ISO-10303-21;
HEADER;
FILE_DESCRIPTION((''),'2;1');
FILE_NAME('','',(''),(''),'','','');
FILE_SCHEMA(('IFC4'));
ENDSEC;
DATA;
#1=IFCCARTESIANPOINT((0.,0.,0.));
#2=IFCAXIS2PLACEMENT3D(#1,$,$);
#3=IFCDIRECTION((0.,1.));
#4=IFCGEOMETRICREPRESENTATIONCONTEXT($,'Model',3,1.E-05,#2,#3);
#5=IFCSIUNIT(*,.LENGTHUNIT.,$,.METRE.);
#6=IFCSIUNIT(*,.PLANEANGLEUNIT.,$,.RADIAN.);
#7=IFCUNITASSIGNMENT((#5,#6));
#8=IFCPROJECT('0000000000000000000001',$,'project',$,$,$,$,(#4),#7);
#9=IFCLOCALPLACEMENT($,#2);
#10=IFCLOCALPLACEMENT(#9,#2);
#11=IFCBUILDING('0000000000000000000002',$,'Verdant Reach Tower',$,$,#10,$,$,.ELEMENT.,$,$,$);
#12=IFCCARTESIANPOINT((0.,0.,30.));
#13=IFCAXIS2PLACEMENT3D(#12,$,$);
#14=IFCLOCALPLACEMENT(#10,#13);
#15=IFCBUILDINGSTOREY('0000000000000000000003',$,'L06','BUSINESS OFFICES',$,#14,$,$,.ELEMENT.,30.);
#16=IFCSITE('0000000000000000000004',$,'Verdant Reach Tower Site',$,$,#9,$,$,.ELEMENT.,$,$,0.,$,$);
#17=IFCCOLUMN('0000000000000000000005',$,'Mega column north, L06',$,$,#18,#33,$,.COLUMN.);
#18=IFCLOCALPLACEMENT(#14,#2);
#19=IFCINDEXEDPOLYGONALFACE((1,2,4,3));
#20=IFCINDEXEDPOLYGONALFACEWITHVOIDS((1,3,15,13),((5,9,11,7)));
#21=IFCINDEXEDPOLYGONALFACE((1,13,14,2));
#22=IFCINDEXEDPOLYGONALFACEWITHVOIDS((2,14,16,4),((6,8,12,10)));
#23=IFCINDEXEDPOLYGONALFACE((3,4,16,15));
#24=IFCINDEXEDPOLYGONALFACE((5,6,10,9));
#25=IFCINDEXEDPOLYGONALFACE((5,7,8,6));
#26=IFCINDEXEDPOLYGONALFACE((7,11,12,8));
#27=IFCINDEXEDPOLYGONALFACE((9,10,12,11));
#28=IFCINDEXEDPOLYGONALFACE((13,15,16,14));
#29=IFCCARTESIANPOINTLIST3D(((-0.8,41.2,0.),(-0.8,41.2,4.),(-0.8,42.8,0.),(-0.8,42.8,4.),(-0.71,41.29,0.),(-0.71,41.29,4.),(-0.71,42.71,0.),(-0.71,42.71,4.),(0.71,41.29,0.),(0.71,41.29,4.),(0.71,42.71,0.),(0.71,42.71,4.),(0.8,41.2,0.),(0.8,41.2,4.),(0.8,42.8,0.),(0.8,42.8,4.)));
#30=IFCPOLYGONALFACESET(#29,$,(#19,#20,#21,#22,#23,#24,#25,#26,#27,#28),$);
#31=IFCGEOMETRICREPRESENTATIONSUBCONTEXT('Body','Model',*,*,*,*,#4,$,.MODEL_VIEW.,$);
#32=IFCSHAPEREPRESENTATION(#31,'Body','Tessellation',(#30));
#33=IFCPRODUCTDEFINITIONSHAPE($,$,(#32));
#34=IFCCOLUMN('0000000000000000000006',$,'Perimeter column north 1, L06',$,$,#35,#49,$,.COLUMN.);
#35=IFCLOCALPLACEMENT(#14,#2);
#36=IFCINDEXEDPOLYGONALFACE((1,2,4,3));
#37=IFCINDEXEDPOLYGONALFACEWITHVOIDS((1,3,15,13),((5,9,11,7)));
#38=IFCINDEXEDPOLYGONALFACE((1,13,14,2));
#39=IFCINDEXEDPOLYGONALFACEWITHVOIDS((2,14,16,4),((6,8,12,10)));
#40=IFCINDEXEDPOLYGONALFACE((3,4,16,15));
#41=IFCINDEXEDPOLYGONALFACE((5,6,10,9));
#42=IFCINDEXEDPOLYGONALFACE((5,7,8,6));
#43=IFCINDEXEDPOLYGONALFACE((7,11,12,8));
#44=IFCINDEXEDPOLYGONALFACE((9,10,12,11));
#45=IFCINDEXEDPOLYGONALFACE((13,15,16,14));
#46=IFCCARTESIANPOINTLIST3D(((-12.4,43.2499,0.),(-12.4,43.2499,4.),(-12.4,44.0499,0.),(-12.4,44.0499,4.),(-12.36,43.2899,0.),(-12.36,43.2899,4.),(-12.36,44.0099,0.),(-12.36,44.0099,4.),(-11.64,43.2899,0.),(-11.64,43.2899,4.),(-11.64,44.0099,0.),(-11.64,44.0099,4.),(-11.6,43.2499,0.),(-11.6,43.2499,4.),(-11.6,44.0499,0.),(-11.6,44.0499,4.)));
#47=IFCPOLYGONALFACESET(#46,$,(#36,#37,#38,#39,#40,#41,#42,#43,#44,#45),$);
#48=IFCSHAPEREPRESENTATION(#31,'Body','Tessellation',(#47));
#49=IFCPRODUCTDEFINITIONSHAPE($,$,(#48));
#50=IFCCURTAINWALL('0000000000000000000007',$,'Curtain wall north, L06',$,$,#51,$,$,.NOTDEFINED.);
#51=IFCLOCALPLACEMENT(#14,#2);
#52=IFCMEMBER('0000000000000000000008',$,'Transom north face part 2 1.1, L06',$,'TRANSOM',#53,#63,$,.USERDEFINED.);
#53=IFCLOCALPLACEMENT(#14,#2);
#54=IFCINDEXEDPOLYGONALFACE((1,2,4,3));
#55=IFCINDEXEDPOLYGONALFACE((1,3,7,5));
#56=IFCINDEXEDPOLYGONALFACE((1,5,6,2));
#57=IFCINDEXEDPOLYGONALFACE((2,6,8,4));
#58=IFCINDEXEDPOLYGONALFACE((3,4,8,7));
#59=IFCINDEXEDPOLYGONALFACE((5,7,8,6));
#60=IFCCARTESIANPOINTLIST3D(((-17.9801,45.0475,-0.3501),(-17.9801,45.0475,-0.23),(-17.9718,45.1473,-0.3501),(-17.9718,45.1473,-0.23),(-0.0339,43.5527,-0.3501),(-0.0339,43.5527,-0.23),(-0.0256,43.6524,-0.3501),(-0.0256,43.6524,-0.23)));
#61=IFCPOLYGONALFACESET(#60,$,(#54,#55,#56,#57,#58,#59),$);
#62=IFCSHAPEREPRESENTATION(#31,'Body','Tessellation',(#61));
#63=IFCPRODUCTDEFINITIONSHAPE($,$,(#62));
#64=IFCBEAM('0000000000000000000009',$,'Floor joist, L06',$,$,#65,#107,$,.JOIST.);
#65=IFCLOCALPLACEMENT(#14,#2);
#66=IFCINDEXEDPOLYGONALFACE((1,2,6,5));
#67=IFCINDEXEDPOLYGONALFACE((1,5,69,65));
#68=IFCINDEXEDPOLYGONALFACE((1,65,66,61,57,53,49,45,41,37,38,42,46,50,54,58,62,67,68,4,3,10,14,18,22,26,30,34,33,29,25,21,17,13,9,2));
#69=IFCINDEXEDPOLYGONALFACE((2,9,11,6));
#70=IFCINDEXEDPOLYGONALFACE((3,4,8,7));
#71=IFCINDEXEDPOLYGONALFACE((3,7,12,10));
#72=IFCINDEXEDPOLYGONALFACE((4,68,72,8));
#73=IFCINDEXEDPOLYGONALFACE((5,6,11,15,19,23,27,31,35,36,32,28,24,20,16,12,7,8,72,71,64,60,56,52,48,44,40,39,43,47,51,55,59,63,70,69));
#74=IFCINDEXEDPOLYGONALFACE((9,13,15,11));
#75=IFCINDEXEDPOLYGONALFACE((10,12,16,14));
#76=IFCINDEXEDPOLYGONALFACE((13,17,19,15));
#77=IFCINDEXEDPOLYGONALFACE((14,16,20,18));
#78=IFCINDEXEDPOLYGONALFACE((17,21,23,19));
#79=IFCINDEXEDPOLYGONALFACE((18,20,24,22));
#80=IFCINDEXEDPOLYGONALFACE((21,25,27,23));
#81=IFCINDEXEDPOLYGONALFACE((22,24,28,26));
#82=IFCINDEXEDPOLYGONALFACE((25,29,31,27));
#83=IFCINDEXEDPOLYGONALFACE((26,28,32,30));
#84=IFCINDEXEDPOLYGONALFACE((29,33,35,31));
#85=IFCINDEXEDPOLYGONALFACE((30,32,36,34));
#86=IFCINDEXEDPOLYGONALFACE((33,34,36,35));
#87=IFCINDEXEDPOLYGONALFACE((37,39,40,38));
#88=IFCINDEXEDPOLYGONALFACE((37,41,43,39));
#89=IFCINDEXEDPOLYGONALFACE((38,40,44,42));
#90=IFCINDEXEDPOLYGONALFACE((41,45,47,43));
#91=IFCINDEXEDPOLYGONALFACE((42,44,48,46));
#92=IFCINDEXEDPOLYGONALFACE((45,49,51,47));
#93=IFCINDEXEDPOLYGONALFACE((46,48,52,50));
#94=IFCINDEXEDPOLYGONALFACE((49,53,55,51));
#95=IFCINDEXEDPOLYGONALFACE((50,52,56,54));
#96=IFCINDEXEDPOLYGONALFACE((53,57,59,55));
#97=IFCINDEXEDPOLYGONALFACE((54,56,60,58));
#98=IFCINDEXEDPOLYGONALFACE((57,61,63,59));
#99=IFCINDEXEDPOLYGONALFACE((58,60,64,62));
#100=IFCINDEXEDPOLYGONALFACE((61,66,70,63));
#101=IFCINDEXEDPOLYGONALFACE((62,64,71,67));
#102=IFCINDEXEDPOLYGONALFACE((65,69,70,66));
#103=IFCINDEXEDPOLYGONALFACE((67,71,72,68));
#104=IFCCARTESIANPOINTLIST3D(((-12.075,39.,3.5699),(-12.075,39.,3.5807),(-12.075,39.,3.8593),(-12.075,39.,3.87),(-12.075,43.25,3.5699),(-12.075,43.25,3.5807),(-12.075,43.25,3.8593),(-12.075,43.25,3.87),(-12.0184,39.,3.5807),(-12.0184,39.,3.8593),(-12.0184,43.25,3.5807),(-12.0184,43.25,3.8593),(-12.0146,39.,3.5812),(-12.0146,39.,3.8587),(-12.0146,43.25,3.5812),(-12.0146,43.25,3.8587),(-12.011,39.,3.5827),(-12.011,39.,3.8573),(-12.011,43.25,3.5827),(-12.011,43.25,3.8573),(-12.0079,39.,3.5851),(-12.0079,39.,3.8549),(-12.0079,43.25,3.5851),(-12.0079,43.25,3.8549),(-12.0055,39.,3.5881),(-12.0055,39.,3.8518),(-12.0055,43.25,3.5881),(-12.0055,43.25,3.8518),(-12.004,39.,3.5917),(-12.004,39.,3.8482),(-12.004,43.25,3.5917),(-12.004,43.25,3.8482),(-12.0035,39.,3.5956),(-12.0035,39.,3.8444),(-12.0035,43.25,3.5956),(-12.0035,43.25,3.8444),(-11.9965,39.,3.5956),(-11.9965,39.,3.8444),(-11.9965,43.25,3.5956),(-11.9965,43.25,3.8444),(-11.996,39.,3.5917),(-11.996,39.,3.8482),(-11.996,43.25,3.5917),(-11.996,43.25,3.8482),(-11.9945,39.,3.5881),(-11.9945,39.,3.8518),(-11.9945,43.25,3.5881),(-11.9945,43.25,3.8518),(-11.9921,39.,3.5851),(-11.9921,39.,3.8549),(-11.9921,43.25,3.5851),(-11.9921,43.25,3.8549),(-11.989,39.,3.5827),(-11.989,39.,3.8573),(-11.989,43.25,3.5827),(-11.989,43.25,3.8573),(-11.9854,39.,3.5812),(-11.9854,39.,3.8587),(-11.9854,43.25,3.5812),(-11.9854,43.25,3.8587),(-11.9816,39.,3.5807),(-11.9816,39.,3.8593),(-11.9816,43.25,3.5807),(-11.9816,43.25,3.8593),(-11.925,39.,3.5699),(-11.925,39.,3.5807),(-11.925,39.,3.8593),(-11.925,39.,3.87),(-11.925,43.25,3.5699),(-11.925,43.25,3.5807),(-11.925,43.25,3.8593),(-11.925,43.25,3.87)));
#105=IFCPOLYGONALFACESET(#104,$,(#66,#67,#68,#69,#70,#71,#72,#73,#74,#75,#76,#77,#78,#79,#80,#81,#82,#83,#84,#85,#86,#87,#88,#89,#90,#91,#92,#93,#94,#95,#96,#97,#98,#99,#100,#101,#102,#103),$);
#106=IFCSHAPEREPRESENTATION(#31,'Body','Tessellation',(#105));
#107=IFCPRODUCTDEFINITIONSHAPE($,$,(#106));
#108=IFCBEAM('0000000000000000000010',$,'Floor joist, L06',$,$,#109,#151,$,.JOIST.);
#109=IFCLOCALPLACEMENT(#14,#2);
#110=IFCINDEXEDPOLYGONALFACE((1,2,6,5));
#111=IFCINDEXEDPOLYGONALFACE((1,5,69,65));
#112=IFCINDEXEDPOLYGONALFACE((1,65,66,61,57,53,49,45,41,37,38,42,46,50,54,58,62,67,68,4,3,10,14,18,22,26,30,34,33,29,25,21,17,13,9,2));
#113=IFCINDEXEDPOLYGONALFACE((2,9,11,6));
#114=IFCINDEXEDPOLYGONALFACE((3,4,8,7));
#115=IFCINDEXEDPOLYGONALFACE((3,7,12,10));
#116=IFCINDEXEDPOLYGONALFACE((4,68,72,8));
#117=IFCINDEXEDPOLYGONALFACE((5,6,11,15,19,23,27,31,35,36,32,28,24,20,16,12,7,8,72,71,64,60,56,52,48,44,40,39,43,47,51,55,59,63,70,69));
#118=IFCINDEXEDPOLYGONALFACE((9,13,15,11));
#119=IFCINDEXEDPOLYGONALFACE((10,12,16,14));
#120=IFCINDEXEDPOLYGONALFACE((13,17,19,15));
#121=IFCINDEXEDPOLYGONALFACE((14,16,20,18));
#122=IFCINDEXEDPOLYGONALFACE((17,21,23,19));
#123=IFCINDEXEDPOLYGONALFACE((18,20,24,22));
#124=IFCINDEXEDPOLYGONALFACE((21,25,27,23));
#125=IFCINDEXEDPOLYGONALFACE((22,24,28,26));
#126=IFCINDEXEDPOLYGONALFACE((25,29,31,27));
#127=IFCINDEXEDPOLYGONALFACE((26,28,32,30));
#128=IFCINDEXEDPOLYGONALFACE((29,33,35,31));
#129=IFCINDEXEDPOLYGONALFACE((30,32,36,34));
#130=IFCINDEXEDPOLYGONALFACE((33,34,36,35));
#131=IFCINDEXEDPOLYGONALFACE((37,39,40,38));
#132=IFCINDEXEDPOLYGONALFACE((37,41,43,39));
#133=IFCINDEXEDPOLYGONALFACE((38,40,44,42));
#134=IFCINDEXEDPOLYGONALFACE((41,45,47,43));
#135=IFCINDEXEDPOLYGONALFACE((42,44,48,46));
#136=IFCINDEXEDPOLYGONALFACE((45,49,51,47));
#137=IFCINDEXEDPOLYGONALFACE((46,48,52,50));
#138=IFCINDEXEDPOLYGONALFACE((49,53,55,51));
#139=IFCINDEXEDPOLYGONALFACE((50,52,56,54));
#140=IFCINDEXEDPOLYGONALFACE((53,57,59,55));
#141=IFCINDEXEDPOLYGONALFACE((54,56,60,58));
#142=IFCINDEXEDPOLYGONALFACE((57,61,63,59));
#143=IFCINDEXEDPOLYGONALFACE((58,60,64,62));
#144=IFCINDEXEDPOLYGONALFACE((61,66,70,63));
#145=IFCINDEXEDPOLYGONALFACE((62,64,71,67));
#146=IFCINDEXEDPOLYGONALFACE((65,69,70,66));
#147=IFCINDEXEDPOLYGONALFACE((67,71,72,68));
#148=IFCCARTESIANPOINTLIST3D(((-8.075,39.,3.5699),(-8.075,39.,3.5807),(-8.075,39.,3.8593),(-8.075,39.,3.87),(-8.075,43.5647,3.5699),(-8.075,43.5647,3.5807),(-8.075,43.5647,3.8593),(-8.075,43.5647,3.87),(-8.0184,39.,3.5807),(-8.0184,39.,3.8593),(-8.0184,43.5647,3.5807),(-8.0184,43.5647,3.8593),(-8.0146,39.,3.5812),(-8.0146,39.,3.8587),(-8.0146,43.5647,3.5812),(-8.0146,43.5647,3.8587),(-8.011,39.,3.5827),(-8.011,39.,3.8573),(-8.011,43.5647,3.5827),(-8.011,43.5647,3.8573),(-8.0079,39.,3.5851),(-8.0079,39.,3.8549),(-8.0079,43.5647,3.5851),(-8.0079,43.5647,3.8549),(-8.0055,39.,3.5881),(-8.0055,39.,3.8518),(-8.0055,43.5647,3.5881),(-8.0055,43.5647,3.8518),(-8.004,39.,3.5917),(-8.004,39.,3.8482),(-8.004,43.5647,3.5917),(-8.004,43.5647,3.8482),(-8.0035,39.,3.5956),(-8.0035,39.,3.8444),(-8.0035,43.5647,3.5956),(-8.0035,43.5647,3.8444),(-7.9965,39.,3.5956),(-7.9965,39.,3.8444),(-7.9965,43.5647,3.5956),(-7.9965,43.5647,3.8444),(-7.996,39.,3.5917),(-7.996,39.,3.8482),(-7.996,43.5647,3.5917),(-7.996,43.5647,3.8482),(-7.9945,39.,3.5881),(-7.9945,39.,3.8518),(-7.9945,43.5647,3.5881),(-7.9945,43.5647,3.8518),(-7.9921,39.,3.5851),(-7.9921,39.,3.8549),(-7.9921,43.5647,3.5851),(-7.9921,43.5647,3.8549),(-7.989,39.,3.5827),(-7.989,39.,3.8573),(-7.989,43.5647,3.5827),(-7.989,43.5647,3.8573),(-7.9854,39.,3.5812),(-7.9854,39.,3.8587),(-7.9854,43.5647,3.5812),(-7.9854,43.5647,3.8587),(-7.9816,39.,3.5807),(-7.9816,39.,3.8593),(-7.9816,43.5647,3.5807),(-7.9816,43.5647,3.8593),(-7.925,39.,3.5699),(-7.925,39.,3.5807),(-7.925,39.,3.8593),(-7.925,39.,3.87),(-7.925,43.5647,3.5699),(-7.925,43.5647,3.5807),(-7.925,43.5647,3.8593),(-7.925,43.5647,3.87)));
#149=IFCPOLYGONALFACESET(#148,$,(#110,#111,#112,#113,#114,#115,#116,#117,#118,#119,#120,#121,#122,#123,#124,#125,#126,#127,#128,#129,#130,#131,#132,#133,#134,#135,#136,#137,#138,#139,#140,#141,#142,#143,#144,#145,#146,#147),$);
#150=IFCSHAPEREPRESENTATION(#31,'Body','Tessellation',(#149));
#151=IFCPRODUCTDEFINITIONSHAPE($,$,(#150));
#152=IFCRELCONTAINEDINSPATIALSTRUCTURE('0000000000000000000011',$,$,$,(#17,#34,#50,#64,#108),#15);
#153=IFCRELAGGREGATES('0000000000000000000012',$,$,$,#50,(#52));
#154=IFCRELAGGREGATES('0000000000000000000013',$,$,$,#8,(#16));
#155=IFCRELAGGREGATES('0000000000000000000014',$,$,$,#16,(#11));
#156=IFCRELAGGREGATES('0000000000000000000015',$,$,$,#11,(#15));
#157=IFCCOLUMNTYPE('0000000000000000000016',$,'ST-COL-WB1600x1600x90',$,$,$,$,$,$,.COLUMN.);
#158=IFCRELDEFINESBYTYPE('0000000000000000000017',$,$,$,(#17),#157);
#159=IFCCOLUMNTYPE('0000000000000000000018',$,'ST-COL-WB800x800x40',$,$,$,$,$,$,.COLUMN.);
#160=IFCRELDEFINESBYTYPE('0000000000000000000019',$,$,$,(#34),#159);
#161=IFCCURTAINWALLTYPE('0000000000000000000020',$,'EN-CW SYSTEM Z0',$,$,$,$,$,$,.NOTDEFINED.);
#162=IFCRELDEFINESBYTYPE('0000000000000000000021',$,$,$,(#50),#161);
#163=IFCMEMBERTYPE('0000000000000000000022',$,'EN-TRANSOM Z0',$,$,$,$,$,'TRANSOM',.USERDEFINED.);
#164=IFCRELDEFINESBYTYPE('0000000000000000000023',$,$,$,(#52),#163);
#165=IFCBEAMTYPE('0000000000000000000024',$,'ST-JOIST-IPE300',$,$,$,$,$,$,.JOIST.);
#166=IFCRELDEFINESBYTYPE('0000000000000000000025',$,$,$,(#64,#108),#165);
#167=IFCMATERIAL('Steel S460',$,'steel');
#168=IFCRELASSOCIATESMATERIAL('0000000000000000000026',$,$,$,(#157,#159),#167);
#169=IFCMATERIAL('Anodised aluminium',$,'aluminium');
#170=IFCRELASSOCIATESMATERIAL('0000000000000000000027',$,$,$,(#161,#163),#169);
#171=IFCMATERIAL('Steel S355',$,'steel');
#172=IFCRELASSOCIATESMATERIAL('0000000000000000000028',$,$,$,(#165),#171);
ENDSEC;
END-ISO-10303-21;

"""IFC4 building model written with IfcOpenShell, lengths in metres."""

from ifc_helpers import new_model, si_unit, direction, frame, origin, origin_2d, place, context, subcontext, project, spatial, rectangle, hollow_rectangle, i_section, extrude, material, material_profile, profile_set, type_object, element, aggregate, save


model = new_model("IFC4")

# Units and contexts
model_context = context("Model", 3, precision=1e-05, world=origin(), true_north=direction((0.0, 1.0)))
body_context = subcontext(model_context, "Body", "Model", "MODEL_VIEW")
ifc_project = project(units=[si_unit("LENGTHUNIT", "METRE"), si_unit("PLANEANGLEUNIT", "RADIAN")], contexts=[model_context])

# Site, building, storey
site_placement = place(None, origin())
site = spatial("IfcSite", under=ifc_project, at=site_placement, Name="Verdant Reach Tower Site", CompositionType="ELEMENT", RefElevation=0.0)
building_placement = place(site_placement, origin())
building = spatial("IfcBuilding", under=site, at=building_placement, Name="Verdant Reach Tower", CompositionType="ELEMENT")
storey_placement = place(building_placement, frame((0.0, 0.0, 30.0)))
storey = spatial("IfcBuildingStorey", under=building, at=storey_placement, Name="L06", Description="BUSINESS OFFICES", CompositionType="ELEMENT", Elevation=30.0)

# Columns
ifc_material_1 = material(Name="Steel S460", Category="steel")
ifc_material_profile_1 = material_profile(ifc_material_1, hollow_rectangle(XDim=1.6001, YDim=1.6001, WallThickness=0.0901, at=origin_2d()), Name="WB 1600x1600x90")
ifc_profile_set_1 = profile_set([ifc_material_profile_1], Name="Steel S460")
column_type_1 = type_object("IfcColumnType", Name="ST-COL-WB1600x1600x90", PredefinedType="COLUMN", material=ifc_profile_set_1)
column_1_placement = place(storey_placement, frame((0.0, 42.0, 0.0), z_axis=(0.0, 0.0, 1.0), x_axis=(1.0, 0.0, 0.0)))
element("IfcColumn", 1, at=column_1_placement, inside=storey, type_object=column_type_1, Name="Mega column north, L06", PredefinedType="COLUMN", context=body_context, shape_type="SweptSolid", body=[
    extrude(hollow_rectangle(XDim=1.6001, YDim=1.6001, WallThickness=0.0901, at=origin_2d()), origin(), (0.0, 0.0, 1.0), 4.0),
])
ifc_material_profile_2 = material_profile(ifc_material_1, hollow_rectangle(XDim=0.8, YDim=0.8, WallThickness=0.04, at=origin_2d()), Name="WB 800x800x40")
ifc_profile_set_2 = profile_set([ifc_material_profile_2], Name="Steel S460")
column_type_2 = type_object("IfcColumnType", Name="ST-COL-WB800x800x40", PredefinedType="COLUMN", material=ifc_profile_set_2)
column_2_placement = place(storey_placement, frame((-12.0, 43.6499, 0.0), z_axis=(0.0, 0.0, 1.0), x_axis=(1.0, 0.0, 0.0)))
element("IfcColumn", 2, at=column_2_placement, inside=storey, type_object=column_type_2, Name="Perimeter column north 1, L06", PredefinedType="COLUMN", context=body_context, shape_type="SweptSolid", body=[
    extrude(hollow_rectangle(XDim=0.8, YDim=0.8, WallThickness=0.04, at=origin_2d()), origin(), (0.0, 0.0, 1.0), 4.0),
])

# Curtain wall, member
ifc_material_2 = material(Name="Anodised aluminium", Category="aluminium")
curtain_wall_type = type_object("IfcCurtainWallType", Name="EN-CW SYSTEM Z0", PredefinedType="NOTDEFINED", material=ifc_material_2)
curtain_wall_placement = place(storey_placement, origin())
curtain_wall = element("IfcCurtainWall", 3, at=curtain_wall_placement, inside=storey, type_object=curtain_wall_type, Name="Curtain wall north, L06", PredefinedType="NOTDEFINED")
ifc_material_profile_3 = material_profile(ifc_material_2, rectangle(XDim=0.1001, YDim=0.1201, at=origin_2d()), Name="Transom 120x100")
ifc_profile_set_3 = profile_set([ifc_material_profile_3], Name="Anodised aluminium")
member_type = type_object("IfcMemberType", Name="EN-TRANSOM Z0", ElementType="TRANSOM", PredefinedType="USERDEFINED", material=ifc_profile_set_3)
member_placement = place(storey_placement, frame((-0.0298, 43.6025, -0.29), z_axis=(-0.996549, 0.083011, 0.0), x_axis=(-0.083011, -0.996549, 0.0)))
member = element("IfcMember", 4, at=member_placement, type_object=member_type, Name="Transom north face part 2 1.1, L06", ObjectType="TRANSOM", PredefinedType="USERDEFINED", context=body_context, shape_type="SweptSolid", body=[
    extrude(rectangle(XDim=0.1001, YDim=0.1201, at=origin_2d()), origin(), (0.0, 0.0, 1.0), 18.0083),
])

# Beams
ifc_material_3 = material(Name="Steel S355", Category="steel")
ifc_material_profile_4 = material_profile(ifc_material_3, i_section(OverallWidth=0.1499, OverallDepth=0.3, WebThickness=0.0071, FlangeThickness=0.0107, FilletRadius=0.0149, at=origin_2d()), Name="IPE 300")
ifc_profile_set_4 = profile_set([ifc_material_profile_4], Name="Steel S355")
beam_type_1 = type_object("IfcBeamType", Name="ST-JOIST-IPE300", PredefinedType="JOIST", material=ifc_profile_set_4)
beam_1_placement = place(storey_placement, frame((-12.0, 39.0, 3.72), z_axis=(0.0, 1.0, 0.0), x_axis=(-1.0, 0.0, 0.0)))
element("IfcBeam", 5, at=beam_1_placement, inside=storey, type_object=beam_type_1, Name="Floor joist, L06", PredefinedType="JOIST", context=body_context, shape_type="SweptSolid", body=[
    extrude(i_section(OverallWidth=0.1499, OverallDepth=0.3, WebThickness=0.0071, FlangeThickness=0.0107, FilletRadius=0.0149, at=origin_2d()), origin(), (0.0, 0.0, 1.0), 4.25),
])
beam_2_placement = place(storey_placement, frame((-8.0, 39.0, 3.72), z_axis=(0.0, 1.0, 0.0), x_axis=(-1.0, 0.0, 0.0)))
element("IfcBeam", 6, at=beam_2_placement, inside=storey, type_object=beam_type_1, Name="Floor joist, L06", PredefinedType="JOIST", context=body_context, shape_type="SweptSolid", body=[
    extrude(i_section(OverallWidth=0.1499, OverallDepth=0.3, WebThickness=0.0071, FlangeThickness=0.0107, FilletRadius=0.0149, at=origin_2d()), origin(), (0.0, 0.0, 1.0), 4.5647),
])

aggregate(curtain_wall, [member])

save(model, "model.ifc")
